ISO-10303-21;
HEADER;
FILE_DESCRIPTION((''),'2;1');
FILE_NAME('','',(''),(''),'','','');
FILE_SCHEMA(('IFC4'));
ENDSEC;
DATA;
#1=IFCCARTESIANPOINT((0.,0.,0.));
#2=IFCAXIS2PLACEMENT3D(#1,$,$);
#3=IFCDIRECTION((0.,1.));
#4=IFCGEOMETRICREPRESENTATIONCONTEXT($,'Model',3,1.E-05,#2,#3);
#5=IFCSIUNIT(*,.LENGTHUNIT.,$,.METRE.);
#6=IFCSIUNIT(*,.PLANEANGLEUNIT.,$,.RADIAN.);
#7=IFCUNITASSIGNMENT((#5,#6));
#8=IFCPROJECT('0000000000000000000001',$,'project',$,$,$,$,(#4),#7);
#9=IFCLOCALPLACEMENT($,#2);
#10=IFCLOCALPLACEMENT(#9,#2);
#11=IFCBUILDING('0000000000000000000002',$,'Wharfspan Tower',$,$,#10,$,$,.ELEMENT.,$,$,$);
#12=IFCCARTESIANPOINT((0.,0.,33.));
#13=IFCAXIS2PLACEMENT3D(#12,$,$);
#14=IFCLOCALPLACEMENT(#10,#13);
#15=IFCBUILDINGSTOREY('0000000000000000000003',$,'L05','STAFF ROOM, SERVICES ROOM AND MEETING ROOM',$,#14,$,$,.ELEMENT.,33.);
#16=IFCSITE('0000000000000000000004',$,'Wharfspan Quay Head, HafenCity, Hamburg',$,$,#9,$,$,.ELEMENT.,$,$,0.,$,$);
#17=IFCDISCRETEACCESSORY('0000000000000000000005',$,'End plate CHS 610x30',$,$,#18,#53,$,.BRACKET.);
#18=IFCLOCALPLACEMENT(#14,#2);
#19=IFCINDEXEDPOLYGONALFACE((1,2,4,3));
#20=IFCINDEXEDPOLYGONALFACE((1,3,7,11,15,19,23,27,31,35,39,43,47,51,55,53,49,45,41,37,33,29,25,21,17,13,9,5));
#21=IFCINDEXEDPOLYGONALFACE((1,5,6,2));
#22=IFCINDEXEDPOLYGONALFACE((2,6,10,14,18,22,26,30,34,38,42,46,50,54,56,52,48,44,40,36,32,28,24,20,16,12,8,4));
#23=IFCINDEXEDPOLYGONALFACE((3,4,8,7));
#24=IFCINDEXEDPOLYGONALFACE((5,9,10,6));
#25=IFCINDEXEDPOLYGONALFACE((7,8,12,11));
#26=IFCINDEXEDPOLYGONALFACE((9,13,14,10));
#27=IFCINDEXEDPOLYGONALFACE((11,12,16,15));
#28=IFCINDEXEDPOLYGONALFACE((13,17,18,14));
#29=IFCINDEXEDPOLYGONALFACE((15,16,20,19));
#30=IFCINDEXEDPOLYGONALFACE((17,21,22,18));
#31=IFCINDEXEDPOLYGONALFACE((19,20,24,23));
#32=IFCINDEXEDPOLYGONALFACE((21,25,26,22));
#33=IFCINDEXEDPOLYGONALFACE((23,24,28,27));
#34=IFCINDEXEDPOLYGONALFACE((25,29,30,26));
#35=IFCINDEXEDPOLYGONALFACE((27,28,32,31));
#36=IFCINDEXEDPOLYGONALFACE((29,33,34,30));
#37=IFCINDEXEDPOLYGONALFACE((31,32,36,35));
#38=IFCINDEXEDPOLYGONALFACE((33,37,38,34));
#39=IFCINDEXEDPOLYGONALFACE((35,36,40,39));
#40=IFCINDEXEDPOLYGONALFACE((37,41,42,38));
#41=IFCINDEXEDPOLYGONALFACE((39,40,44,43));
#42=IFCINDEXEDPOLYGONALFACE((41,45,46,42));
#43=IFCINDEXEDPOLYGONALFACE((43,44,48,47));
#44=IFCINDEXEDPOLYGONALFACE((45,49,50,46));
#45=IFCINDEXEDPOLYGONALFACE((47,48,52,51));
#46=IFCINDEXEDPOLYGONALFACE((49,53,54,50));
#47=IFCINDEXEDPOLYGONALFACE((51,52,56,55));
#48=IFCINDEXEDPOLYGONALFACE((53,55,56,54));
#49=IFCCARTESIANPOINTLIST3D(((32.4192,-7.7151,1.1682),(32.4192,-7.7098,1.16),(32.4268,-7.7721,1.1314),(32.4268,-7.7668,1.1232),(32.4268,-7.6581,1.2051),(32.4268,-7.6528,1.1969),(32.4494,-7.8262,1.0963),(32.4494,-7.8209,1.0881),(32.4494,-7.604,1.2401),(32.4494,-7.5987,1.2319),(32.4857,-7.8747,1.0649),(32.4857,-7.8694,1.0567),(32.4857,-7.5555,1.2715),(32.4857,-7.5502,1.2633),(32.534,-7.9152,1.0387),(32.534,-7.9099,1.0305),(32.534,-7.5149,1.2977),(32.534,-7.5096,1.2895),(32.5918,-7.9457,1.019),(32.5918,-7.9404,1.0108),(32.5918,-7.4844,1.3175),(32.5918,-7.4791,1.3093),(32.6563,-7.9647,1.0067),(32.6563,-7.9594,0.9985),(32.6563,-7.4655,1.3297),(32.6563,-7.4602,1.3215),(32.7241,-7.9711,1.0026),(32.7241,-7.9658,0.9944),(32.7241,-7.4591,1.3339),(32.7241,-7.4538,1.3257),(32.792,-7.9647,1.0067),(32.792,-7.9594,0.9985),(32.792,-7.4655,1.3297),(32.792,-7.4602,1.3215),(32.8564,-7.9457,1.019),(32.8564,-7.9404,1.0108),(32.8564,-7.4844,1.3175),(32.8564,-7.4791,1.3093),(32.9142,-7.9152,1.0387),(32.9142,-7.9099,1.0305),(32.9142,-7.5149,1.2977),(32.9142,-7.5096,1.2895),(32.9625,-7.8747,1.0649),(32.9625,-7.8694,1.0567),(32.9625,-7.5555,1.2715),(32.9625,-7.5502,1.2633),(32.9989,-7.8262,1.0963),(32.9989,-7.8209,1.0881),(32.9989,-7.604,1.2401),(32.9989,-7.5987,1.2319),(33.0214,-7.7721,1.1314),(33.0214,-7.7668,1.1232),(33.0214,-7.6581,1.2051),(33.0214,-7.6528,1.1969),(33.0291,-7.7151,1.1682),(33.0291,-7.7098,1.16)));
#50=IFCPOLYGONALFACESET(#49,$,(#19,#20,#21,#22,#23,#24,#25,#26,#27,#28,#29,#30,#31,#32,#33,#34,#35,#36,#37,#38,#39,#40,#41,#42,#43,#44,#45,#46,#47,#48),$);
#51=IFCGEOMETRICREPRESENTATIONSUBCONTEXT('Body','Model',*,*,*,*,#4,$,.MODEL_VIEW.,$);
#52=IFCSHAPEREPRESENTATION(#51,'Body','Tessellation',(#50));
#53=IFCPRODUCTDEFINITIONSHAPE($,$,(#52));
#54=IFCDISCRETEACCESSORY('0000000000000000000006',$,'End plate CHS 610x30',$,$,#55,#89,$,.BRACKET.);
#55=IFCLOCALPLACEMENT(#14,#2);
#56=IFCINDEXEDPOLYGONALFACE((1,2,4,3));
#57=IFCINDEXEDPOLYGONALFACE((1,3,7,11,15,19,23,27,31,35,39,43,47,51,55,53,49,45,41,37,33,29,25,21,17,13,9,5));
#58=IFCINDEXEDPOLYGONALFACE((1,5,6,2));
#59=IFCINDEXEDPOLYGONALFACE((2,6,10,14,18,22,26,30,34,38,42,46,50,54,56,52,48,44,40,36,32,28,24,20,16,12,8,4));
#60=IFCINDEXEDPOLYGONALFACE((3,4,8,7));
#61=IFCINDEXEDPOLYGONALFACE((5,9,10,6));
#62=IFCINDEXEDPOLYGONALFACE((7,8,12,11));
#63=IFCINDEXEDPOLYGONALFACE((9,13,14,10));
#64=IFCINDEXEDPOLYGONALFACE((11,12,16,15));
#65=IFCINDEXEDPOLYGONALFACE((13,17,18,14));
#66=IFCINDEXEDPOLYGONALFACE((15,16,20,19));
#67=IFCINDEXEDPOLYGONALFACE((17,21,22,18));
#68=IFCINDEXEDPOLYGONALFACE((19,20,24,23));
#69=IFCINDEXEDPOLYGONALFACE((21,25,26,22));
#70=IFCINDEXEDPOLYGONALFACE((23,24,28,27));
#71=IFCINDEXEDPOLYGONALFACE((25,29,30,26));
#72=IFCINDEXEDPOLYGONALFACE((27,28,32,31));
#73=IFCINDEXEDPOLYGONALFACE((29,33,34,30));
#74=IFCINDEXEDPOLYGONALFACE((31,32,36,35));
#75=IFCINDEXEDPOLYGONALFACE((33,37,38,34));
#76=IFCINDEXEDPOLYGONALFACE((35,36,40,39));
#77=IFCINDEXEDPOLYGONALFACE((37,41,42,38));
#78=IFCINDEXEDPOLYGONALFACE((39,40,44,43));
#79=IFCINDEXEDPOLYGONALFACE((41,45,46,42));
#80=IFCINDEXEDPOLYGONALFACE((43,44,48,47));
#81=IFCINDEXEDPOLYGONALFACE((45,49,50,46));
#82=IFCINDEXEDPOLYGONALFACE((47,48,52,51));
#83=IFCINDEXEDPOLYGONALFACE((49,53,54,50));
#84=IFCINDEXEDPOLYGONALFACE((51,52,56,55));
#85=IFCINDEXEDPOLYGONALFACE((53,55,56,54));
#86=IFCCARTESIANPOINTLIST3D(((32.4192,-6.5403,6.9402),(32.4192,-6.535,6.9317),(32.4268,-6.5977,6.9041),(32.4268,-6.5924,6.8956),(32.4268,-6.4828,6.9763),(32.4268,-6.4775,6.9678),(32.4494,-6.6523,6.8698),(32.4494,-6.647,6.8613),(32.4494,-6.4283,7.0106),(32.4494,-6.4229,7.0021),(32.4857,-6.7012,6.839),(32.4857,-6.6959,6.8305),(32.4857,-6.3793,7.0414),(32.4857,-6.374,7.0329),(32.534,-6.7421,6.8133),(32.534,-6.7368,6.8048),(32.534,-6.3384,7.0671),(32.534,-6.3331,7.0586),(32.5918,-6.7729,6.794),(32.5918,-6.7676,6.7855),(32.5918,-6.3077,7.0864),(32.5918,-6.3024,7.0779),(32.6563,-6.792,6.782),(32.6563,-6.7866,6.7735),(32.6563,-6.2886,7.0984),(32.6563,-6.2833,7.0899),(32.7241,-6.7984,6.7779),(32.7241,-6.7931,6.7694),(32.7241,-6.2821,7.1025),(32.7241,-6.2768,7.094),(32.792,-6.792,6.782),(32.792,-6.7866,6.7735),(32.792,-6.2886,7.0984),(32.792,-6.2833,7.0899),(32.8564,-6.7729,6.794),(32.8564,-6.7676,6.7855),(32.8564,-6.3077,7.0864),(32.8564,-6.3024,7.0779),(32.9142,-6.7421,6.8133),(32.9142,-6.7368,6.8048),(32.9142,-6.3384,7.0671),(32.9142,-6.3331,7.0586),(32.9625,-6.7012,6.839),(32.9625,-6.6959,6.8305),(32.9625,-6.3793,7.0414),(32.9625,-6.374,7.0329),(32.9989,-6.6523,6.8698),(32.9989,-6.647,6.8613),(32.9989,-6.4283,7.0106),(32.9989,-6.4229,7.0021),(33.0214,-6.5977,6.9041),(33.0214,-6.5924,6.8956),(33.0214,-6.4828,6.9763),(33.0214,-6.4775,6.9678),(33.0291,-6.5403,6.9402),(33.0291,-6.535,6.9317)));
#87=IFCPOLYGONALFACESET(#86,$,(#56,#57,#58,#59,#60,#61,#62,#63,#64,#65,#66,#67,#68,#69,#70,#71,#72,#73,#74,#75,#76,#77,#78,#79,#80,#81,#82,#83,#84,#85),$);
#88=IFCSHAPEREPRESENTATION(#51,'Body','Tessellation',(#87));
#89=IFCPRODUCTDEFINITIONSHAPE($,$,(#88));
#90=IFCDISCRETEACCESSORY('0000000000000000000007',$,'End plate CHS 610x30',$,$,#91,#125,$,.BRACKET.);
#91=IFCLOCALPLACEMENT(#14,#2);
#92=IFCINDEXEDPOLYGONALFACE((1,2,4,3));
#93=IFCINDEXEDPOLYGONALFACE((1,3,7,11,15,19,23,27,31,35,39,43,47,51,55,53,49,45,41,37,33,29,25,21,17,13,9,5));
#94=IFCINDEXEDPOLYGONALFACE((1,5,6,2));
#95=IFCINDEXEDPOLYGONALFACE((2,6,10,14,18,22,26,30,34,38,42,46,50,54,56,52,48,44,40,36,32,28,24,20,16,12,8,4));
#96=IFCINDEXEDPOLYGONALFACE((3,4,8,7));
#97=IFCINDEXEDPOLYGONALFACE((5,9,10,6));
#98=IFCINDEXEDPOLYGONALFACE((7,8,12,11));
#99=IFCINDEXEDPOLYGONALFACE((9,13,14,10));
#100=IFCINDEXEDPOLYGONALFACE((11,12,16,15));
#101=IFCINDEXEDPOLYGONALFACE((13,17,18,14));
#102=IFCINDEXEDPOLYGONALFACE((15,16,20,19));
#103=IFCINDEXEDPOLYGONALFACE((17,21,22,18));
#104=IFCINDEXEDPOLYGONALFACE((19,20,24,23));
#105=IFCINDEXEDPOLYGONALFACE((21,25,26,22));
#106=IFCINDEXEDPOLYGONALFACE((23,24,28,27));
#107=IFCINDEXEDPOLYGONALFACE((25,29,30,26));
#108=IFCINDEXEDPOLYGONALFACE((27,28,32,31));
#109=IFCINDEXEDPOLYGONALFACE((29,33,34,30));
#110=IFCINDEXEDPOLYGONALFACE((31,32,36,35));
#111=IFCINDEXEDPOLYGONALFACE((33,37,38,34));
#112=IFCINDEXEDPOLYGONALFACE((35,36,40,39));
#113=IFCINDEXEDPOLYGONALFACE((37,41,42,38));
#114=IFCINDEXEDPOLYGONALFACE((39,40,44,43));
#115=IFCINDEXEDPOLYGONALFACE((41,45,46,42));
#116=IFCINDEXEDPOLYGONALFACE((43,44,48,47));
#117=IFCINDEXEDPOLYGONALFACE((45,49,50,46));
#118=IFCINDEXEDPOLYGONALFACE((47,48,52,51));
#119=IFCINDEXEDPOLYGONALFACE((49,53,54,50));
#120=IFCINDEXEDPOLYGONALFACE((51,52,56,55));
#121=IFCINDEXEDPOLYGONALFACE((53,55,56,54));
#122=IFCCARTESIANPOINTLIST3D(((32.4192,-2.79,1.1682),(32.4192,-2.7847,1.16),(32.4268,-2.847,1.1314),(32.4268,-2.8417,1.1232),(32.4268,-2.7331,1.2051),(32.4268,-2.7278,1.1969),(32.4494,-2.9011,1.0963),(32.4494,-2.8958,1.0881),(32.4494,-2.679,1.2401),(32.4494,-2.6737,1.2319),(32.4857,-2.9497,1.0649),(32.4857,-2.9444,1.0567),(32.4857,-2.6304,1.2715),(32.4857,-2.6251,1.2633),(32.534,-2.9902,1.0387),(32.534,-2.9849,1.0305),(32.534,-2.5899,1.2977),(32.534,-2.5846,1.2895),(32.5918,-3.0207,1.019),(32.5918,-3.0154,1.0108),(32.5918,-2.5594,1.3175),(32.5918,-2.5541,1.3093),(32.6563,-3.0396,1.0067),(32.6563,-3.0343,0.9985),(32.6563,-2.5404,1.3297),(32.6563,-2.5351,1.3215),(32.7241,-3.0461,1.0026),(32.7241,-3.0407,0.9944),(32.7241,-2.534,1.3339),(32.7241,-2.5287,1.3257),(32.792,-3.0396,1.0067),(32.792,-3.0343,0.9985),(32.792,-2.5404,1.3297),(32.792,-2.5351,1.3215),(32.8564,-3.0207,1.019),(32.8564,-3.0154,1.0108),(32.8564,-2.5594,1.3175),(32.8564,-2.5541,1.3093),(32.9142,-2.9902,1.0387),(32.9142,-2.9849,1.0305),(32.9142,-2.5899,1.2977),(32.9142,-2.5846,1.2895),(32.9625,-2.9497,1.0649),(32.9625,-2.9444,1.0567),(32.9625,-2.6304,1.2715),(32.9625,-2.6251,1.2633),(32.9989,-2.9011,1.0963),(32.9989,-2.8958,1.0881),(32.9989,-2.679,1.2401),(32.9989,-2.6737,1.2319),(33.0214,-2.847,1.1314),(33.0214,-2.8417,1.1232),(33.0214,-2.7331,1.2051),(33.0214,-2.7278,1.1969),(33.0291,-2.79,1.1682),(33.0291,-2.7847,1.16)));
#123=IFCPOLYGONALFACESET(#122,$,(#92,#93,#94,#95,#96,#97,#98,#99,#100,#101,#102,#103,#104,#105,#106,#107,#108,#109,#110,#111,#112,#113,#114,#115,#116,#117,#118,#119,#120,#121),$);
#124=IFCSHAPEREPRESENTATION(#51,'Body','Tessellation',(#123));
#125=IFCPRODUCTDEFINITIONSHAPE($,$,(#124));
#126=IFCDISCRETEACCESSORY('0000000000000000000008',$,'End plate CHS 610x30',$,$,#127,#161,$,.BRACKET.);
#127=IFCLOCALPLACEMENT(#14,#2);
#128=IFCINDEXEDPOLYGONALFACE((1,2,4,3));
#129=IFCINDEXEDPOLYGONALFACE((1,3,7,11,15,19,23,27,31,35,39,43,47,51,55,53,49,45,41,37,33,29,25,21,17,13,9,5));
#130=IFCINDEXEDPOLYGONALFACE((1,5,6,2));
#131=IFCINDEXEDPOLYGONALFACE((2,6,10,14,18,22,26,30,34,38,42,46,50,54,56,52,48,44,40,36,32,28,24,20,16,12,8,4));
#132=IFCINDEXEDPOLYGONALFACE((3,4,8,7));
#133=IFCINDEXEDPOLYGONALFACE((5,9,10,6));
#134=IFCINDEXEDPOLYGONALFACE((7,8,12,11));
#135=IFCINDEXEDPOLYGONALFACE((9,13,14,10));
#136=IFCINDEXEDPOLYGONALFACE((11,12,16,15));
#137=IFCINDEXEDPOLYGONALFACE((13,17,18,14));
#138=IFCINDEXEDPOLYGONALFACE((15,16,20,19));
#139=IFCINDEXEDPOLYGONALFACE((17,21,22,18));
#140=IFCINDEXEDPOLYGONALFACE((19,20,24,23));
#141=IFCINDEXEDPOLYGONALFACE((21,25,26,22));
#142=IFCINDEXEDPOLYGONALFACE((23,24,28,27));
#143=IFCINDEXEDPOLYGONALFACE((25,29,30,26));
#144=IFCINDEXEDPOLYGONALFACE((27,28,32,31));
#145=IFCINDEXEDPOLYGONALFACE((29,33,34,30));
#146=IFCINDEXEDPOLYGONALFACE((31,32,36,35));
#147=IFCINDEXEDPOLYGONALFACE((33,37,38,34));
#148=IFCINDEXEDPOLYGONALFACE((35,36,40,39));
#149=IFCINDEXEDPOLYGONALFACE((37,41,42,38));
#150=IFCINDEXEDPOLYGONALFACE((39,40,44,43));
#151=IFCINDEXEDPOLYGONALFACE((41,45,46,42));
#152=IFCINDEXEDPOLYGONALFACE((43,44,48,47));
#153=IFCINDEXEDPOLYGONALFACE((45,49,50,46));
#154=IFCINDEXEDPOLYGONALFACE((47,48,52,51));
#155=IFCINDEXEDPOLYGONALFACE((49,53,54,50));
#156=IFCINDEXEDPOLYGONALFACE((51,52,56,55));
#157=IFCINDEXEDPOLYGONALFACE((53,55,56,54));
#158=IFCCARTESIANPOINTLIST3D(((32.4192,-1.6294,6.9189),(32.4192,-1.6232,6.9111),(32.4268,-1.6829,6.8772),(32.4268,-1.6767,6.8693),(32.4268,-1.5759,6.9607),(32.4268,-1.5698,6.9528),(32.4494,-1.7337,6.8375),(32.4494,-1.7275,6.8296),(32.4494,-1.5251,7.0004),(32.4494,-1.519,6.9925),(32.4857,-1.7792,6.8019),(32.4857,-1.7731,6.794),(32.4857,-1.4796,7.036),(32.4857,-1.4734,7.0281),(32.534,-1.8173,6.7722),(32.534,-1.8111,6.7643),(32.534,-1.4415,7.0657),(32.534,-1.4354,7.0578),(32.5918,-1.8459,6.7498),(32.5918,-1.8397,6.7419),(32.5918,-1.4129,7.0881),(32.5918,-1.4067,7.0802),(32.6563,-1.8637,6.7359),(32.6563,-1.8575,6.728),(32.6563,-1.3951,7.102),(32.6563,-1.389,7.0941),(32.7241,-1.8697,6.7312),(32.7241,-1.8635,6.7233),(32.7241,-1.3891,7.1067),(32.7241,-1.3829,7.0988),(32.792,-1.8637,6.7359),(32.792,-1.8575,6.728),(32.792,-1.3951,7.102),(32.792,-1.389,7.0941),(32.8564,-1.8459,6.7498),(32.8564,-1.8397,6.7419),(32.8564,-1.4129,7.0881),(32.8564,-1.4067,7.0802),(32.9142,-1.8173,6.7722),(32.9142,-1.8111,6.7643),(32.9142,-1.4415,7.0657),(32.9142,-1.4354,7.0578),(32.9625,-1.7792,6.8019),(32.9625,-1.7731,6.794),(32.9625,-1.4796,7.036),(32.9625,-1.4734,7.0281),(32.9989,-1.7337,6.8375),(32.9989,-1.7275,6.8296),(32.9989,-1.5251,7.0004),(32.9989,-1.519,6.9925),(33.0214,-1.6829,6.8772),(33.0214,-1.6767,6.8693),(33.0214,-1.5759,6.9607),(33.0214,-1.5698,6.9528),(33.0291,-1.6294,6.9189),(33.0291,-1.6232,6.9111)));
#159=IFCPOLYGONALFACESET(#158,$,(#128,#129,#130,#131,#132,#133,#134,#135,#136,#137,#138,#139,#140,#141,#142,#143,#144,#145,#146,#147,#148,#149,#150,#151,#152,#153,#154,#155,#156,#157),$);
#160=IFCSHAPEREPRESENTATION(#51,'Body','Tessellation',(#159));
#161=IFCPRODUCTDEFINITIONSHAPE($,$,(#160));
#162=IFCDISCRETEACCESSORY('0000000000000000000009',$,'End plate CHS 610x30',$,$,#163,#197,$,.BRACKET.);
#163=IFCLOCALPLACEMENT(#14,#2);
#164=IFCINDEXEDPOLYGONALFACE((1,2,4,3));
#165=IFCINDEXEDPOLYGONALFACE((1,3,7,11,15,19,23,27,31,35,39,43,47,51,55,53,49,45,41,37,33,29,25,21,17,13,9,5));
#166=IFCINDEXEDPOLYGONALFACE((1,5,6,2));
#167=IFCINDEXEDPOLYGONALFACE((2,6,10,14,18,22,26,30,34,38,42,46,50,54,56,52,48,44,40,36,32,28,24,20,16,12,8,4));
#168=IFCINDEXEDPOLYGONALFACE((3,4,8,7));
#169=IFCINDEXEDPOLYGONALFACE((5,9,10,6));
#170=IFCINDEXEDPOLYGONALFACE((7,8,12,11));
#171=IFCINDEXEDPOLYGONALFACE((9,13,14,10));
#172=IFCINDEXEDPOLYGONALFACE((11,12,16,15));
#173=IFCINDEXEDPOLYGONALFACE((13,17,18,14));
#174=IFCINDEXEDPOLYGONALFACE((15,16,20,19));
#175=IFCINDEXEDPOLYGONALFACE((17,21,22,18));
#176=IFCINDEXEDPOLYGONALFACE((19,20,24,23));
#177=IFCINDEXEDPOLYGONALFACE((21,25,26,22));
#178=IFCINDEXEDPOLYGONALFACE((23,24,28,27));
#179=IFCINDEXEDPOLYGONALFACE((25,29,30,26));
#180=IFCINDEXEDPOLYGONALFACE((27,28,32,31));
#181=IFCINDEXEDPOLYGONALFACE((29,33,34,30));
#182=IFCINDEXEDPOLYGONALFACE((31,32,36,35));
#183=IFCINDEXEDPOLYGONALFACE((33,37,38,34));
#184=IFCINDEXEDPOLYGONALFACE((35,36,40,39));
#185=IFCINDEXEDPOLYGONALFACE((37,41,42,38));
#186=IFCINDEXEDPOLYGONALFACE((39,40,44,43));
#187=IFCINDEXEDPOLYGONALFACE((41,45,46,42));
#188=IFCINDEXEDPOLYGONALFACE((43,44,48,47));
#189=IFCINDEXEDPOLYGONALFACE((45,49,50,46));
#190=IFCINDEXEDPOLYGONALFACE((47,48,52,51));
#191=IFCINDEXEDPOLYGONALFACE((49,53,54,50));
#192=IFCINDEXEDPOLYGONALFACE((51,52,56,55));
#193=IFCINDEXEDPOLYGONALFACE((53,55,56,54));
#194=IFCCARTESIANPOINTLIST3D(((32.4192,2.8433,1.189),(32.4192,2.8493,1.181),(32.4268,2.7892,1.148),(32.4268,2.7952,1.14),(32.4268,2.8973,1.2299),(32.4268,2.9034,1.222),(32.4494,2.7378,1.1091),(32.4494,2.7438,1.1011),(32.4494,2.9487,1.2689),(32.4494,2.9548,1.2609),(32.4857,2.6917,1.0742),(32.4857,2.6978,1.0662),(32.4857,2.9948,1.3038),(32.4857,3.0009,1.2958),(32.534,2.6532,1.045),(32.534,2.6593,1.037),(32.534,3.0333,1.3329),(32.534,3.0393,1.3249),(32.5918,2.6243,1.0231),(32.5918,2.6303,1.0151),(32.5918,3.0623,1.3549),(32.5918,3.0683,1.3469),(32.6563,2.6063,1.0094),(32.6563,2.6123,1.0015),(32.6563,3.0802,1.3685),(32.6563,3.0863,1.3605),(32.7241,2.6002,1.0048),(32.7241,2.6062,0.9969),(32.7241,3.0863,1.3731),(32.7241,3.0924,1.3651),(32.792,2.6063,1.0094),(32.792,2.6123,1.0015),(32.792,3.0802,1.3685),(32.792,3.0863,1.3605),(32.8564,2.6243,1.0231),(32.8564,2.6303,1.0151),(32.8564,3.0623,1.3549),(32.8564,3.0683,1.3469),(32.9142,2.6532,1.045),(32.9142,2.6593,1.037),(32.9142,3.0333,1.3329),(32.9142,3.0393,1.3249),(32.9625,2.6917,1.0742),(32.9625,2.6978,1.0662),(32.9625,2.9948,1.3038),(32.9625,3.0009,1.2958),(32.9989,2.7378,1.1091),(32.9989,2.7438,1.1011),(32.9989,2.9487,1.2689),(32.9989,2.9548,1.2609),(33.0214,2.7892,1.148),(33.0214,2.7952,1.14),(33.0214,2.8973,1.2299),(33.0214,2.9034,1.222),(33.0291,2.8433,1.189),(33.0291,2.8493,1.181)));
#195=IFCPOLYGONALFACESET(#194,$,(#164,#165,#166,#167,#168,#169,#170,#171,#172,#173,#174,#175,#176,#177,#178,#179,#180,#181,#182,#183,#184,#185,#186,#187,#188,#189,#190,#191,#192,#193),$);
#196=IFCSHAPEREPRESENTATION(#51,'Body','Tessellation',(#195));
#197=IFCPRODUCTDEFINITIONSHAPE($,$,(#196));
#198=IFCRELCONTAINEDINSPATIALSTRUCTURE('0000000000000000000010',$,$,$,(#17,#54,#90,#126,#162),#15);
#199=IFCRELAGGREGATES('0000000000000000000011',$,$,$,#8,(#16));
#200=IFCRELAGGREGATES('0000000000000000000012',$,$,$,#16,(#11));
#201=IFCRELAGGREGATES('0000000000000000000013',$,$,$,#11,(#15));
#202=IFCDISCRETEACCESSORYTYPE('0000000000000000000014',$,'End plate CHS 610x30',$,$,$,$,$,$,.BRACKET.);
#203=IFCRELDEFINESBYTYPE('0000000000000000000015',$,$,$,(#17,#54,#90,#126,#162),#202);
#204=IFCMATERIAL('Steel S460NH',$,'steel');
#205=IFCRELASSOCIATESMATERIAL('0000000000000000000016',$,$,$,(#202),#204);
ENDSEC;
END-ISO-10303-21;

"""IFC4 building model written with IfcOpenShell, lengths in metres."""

from ifc_helpers import new_model, si_unit, direction, frame, origin, origin_2d, place, context, subcontext, project, spatial, circle, extrude, material, material_profile, profile_set, type_object, element, save


model = new_model("IFC4")

# Units and contexts
model_context = context("Model", 3, precision=1e-05, world=origin(), true_north=direction((0.0, 1.0)))
body_context = subcontext(model_context, "Body", "Model", "MODEL_VIEW")
ifc_project = project(units=[si_unit("LENGTHUNIT", "METRE"), si_unit("PLANEANGLEUNIT", "RADIAN")], contexts=[model_context])

# Site, building, storey
site_placement = place(None, origin())
site = spatial("IfcSite", under=ifc_project, at=site_placement, Name="Wharfspan Quay Head, HafenCity, Hamburg", CompositionType="ELEMENT", RefElevation=0.0)
building_placement = place(site_placement, origin())
building = spatial("IfcBuilding", under=site, at=building_placement, Name="Wharfspan Tower", CompositionType="ELEMENT")
storey_placement = place(building_placement, frame((0.0, 0.0, 33.0)))
storey = spatial("IfcBuildingStorey", under=building, at=storey_placement, Name="L05", Description="STAFF ROOM, SERVICES ROOM AND MEETING ROOM", CompositionType="ELEMENT", Elevation=33.0)

# Shared definitions
ifc_material_1 = material(Name="Steel S460NH", Category="steel")

# Discrete accessories
ifc_material_profile_1 = material_profile(ifc_material_1, circle(Radius=0.3049, at=origin_2d()))
ifc_profile_set_1 = profile_set([ifc_material_profile_1], Name="Steel S460NH")
discrete_accessory_type = type_object("IfcDiscreteAccessoryType", Name="End plate CHS 610x30", PredefinedType="BRACKET", material=ifc_profile_set_1)
discrete_accessory_1_placement = place(storey_placement, frame((32.7241, -7.7151, 1.1682), z_axis=(0.0, 0.543251, -0.83957), x_axis=(-1.0, 0.0, 0.0)))
element("IfcDiscreteAccessory", 1, at=discrete_accessory_1_placement, inside=storey, type_object=discrete_accessory_type, Name="End plate CHS 610x30", PredefinedType="BRACKET", context=body_context, shape_type="SweptSolid", body=[
    extrude(circle(Radius=0.3049, at=origin_2d()), origin(), (0.0, 0.0, 1.0), 0.0098),
])
discrete_accessory_2_placement = place(storey_placement, frame((32.7241, -6.5403, 6.9402), z_axis=(0.0, 0.532172, -0.846637), x_axis=(-1.0, 0.0, 0.0)))
element("IfcDiscreteAccessory", 2, at=discrete_accessory_2_placement, inside=storey, type_object=discrete_accessory_type, Name="End plate CHS 610x30", PredefinedType="BRACKET", context=body_context, shape_type="SweptSolid", body=[
    extrude(circle(Radius=0.3049, at=origin_2d()), origin(), (0.0, 0.0, 1.0), 0.01),
])
discrete_accessory_3_placement = place(storey_placement, frame((32.7241, -2.79, 1.1682), z_axis=(0.0, 0.543251, -0.83957), x_axis=(-1.0, 0.0, 0.0)))
element("IfcDiscreteAccessory", 3, at=discrete_accessory_3_placement, inside=storey, type_object=discrete_accessory_type, Name="End plate CHS 610x30", PredefinedType="BRACKET", context=body_context, shape_type="SweptSolid", body=[
    extrude(circle(Radius=0.3049, at=origin_2d()), origin(), (0.0, 0.0, 1.0), 0.0098),
])
for number, where, z_axis, x_axis, name in (
    (4, (32.7241, -1.6294, 6.9189), (0.0, 0.615644, -0.788024), (-1.0, 0.0, 0.0), "End plate CHS 610x30"),
    (5, (32.7241, 2.8433, 1.189), (0.0, 0.603858, -0.797092), (-1.0, 0.0, 0.0), "End plate CHS 610x30"),
):
    element("IfcDiscreteAccessory", number, at=place(storey_placement, frame(where, z_axis=z_axis, x_axis=x_axis)), inside=storey, type_object=discrete_accessory_type, Name=name, PredefinedType="BRACKET", context=body_context, shape_type="SweptSolid", body=[
        extrude(circle(Radius=0.3049, at=origin_2d()), origin(), (0.0, 0.0, 1.0), 0.01),
    ])

save(model, "model.ifc")
